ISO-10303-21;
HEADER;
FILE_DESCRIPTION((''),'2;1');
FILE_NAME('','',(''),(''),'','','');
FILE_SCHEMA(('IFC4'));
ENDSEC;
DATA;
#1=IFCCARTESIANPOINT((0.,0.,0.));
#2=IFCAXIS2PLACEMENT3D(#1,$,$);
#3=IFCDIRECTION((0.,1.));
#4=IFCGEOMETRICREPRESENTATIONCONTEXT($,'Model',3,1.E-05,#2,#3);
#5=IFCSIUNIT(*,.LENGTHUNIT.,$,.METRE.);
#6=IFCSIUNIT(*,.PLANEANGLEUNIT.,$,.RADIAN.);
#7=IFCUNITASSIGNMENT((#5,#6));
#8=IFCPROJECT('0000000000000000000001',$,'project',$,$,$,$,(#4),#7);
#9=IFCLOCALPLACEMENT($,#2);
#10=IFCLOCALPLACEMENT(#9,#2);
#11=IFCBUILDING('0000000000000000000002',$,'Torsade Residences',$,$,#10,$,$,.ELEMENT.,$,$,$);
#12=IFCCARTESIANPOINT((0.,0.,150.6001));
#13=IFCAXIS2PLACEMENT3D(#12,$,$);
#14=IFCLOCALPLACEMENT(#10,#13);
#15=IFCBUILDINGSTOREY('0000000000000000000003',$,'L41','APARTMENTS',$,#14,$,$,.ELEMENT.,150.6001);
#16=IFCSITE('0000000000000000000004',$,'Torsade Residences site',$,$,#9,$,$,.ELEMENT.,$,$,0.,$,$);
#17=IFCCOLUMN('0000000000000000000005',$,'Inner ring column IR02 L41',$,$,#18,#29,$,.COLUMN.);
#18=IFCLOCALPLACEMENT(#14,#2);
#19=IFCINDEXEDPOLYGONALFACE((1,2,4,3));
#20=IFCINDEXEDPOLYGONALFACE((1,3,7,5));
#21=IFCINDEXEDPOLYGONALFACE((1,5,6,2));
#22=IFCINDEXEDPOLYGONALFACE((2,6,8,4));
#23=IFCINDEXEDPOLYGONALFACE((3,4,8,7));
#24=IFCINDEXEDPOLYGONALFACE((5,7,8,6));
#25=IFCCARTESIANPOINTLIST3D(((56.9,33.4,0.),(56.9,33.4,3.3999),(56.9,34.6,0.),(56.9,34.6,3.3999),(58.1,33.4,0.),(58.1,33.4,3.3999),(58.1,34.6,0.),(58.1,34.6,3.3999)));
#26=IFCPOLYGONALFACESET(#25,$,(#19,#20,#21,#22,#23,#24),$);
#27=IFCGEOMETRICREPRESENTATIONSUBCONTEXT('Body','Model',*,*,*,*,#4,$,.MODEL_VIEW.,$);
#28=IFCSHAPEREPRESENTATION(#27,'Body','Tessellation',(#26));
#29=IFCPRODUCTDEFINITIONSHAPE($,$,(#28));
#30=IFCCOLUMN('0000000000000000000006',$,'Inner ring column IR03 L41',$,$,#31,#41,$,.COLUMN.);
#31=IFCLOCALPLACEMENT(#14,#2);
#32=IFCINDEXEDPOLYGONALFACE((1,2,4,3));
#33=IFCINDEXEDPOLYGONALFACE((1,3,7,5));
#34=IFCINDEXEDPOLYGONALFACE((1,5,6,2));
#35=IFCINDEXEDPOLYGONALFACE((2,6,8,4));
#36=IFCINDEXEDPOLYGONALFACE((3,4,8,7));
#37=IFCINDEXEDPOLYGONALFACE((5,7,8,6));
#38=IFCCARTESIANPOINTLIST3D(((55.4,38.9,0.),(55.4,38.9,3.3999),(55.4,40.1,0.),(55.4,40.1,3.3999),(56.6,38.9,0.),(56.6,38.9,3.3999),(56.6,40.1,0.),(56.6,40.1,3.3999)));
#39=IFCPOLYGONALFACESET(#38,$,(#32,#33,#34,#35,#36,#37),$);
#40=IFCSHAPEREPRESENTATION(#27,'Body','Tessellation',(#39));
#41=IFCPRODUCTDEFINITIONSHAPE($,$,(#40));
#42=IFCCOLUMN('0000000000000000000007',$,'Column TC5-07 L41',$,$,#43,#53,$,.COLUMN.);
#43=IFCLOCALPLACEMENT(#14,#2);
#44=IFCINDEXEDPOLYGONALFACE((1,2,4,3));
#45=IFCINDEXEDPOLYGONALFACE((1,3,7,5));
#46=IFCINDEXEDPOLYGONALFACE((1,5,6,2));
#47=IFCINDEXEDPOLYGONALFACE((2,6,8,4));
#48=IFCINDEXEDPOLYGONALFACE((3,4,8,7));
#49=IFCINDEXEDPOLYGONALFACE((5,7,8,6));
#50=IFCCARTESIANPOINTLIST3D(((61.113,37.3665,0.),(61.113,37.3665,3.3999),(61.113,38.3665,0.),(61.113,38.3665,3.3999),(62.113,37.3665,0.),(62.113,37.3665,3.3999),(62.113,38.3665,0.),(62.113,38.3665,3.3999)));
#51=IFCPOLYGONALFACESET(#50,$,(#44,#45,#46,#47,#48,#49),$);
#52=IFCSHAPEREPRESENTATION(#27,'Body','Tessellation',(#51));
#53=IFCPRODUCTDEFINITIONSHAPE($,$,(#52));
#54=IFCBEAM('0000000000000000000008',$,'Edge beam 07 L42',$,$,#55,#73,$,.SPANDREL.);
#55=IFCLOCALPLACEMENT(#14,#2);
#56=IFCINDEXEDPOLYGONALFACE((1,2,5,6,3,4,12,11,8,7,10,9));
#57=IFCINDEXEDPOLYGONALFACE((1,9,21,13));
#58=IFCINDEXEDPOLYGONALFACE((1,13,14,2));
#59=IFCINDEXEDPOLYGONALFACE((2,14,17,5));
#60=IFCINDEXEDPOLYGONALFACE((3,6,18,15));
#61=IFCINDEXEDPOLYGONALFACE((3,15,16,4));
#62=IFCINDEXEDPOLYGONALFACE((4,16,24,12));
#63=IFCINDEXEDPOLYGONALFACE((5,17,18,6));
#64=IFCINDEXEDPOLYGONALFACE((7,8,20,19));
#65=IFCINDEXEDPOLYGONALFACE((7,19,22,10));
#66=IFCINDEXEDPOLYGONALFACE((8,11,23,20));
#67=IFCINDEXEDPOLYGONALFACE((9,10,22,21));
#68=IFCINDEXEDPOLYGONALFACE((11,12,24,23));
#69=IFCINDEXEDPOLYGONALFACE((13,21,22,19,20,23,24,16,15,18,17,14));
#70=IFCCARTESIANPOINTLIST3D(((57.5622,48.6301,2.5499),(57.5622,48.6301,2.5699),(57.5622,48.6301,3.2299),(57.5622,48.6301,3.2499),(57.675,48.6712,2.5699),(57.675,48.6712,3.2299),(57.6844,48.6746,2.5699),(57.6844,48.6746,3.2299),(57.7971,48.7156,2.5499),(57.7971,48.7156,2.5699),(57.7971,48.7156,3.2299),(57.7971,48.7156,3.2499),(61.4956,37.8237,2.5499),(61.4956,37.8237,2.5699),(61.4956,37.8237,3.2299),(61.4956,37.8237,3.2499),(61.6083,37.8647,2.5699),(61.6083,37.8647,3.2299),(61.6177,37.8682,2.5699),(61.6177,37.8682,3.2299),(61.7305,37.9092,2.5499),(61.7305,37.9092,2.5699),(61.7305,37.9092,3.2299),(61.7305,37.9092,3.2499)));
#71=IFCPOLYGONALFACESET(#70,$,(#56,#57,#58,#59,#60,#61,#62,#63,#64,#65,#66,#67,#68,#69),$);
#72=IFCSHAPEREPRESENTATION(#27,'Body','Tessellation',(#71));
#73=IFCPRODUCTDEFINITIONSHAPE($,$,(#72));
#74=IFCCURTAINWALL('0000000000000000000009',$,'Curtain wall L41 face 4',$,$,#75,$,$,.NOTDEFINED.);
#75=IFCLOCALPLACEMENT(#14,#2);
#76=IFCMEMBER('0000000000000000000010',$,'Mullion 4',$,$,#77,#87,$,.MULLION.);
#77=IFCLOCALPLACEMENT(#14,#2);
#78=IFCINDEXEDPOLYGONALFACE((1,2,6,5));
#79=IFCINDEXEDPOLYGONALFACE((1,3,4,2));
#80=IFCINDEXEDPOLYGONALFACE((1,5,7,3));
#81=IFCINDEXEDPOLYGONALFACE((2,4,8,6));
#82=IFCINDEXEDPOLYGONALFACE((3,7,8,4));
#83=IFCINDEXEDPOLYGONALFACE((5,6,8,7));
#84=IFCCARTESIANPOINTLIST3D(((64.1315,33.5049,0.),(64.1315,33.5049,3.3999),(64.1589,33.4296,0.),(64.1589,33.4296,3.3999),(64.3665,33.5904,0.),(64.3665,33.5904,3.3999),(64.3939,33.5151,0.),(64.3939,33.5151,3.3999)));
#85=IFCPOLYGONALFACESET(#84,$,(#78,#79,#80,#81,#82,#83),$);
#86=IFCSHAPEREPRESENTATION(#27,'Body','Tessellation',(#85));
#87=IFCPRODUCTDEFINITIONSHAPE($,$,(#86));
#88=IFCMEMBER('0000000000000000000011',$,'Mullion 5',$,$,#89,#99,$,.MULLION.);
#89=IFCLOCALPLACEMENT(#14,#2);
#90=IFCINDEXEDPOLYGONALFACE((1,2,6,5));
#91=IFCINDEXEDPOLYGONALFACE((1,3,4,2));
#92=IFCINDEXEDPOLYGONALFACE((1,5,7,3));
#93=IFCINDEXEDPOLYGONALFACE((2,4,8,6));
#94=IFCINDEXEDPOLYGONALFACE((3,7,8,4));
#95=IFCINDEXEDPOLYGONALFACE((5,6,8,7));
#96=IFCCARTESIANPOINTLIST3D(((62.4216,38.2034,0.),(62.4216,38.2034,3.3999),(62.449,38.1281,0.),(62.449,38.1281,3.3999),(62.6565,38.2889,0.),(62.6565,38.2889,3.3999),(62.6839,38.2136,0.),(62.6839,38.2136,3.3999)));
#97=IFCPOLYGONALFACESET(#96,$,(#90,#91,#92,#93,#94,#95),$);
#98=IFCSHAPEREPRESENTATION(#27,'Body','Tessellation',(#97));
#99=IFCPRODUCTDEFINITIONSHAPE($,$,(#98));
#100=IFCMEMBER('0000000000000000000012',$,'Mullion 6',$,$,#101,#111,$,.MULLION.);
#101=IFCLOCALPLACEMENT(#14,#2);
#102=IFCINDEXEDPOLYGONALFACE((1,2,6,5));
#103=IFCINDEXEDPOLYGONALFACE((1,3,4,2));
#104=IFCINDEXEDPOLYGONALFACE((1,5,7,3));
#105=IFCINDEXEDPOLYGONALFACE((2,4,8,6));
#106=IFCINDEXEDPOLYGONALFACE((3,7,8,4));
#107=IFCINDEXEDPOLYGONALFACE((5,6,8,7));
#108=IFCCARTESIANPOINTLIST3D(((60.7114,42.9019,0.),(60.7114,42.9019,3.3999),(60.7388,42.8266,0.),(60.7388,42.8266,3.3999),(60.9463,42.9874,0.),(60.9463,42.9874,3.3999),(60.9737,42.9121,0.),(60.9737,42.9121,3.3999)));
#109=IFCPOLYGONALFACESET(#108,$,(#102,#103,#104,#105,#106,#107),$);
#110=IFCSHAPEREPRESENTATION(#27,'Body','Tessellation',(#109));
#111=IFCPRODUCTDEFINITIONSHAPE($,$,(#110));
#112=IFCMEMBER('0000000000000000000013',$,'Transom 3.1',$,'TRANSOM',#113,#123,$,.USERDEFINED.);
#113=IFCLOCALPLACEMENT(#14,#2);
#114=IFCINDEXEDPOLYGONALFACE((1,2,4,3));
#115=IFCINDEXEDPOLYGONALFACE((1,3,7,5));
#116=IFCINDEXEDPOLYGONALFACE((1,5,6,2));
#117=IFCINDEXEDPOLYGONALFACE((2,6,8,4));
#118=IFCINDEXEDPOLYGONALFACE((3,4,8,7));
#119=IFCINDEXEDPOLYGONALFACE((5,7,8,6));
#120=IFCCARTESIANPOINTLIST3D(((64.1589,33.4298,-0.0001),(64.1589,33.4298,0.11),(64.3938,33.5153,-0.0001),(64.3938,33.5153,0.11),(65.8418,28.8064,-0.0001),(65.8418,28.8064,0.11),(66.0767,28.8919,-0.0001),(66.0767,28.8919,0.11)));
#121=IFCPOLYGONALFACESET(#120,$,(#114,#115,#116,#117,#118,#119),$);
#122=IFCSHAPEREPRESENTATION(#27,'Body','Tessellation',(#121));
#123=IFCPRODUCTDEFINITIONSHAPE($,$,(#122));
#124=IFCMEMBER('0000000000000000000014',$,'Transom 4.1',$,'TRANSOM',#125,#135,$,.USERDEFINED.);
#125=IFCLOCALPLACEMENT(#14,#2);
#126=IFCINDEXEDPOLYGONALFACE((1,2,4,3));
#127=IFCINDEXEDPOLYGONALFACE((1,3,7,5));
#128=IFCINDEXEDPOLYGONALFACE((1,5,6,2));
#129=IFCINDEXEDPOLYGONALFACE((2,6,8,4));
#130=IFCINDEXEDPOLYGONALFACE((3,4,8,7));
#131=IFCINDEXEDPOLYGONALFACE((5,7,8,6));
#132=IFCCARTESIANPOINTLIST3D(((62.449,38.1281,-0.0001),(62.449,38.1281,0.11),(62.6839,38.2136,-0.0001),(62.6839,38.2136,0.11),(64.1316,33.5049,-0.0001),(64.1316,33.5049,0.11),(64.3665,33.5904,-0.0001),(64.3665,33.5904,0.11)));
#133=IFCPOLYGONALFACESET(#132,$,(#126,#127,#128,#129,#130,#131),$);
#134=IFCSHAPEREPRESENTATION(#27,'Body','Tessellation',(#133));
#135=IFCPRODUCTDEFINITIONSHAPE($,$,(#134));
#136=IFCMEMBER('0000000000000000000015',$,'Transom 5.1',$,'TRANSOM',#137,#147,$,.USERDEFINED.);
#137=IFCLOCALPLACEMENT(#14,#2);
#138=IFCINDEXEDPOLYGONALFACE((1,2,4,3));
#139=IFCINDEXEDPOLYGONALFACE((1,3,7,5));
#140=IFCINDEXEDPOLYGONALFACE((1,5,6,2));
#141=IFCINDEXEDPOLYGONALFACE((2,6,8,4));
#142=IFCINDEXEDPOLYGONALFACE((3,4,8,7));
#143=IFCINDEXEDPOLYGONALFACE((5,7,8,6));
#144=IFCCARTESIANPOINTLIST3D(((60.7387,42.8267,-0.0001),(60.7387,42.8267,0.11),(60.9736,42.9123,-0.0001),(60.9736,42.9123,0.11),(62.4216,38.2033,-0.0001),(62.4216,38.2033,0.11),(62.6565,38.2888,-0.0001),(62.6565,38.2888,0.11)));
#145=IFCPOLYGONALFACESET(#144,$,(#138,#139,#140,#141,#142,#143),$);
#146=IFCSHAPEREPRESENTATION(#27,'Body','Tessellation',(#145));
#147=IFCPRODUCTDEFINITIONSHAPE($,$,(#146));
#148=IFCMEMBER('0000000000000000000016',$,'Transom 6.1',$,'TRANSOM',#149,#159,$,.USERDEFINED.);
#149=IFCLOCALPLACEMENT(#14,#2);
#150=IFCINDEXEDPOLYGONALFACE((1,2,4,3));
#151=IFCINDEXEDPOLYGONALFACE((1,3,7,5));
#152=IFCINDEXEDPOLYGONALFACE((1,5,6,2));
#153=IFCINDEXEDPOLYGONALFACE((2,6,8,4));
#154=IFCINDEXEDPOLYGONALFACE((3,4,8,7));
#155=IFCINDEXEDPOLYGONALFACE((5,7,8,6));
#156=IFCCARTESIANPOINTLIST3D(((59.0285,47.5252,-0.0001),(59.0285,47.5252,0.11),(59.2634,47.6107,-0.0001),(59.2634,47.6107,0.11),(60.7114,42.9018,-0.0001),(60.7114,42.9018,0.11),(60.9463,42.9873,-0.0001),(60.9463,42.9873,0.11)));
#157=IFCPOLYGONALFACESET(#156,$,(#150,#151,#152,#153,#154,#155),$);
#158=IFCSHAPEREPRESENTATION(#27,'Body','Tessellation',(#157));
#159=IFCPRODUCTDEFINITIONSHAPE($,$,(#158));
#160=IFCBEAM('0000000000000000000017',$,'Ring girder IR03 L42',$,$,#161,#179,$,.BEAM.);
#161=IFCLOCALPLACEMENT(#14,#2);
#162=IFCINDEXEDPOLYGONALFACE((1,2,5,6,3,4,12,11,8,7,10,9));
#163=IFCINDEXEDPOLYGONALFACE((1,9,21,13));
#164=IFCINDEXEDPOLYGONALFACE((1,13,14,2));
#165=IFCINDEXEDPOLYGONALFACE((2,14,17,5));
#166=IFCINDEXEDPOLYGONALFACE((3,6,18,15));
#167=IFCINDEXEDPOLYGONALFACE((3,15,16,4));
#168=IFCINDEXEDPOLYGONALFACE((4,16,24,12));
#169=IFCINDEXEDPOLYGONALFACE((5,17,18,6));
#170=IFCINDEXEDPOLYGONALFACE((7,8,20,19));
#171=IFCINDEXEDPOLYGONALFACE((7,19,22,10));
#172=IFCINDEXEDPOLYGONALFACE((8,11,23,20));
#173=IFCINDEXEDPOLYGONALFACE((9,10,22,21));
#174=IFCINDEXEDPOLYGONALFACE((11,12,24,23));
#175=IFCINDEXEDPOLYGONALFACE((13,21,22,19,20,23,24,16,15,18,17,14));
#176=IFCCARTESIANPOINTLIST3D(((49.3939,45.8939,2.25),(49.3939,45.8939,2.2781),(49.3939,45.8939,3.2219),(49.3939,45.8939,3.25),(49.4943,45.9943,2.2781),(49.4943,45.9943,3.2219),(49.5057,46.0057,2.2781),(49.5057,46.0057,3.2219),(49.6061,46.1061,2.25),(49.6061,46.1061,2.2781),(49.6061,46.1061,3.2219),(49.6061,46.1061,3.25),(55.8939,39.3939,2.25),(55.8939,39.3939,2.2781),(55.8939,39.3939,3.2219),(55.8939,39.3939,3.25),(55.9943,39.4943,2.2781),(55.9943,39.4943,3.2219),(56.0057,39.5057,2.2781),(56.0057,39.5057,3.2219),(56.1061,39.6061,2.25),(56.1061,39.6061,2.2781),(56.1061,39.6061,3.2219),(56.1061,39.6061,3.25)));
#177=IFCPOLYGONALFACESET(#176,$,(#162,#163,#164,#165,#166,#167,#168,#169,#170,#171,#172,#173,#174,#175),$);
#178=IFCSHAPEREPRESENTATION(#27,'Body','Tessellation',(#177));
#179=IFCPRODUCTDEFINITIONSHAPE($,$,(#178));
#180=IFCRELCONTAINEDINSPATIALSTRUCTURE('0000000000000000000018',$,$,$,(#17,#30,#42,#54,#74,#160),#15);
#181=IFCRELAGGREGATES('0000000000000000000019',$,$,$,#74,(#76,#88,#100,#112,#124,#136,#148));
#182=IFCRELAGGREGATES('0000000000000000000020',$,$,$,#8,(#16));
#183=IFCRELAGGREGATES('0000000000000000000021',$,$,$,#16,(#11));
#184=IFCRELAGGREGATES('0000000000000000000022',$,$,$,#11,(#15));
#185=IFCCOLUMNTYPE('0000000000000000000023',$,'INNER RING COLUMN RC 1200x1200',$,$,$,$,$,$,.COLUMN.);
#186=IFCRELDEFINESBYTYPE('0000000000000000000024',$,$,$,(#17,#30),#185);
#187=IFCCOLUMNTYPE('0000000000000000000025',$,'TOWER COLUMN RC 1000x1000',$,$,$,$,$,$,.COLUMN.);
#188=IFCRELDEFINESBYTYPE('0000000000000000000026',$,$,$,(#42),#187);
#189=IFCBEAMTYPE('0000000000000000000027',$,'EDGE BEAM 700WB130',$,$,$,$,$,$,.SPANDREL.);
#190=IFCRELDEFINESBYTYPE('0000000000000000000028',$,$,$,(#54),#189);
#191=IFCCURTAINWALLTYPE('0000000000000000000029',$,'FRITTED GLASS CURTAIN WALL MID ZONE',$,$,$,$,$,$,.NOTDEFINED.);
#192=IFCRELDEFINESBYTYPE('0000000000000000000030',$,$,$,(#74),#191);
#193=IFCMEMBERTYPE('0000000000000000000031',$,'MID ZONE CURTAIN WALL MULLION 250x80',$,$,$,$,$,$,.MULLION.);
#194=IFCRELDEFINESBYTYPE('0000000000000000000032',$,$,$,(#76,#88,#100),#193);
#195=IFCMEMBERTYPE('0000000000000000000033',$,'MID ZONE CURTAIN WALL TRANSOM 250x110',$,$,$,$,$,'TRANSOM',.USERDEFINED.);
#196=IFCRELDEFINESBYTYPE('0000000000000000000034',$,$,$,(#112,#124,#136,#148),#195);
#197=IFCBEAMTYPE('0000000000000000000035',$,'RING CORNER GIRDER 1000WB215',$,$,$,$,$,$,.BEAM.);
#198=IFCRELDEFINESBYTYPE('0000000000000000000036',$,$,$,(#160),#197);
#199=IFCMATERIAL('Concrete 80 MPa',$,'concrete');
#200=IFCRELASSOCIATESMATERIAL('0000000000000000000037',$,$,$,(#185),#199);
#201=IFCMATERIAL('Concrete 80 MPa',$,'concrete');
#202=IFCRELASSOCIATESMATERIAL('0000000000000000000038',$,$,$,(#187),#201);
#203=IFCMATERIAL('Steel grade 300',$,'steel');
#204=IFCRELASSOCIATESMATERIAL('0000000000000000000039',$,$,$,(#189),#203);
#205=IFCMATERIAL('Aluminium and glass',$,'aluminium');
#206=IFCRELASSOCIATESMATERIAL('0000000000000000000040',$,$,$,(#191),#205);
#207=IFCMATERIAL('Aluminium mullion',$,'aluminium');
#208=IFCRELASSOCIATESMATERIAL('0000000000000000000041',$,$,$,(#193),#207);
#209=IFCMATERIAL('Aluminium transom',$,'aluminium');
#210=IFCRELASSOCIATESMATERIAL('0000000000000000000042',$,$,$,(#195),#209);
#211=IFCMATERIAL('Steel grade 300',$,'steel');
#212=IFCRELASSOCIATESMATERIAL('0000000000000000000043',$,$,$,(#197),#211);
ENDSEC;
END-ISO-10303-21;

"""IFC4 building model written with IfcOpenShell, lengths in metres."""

from ifc_helpers import new_model, si_unit, direction, frame, origin, origin_2d, place, context, subcontext, project, spatial, rectangle, i_section, extrude, material, material_profile, profile_set, type_object, element, aggregate, save


model = new_model("IFC4")

# Units and contexts
model_context = context("Model", 3, precision=1e-05, world=origin(), true_north=direction((0.0, 1.0)))
body_context = subcontext(model_context, "Body", "Model", "MODEL_VIEW")
ifc_project = project(units=[si_unit("LENGTHUNIT", "METRE"), si_unit("PLANEANGLEUNIT", "RADIAN")], contexts=[model_context])

# Site, building, storey
site_placement = place(None, origin())
site = spatial("IfcSite", under=ifc_project, at=site_placement, Name="Torsade Residences site", CompositionType="ELEMENT", RefElevation=0.0)
building_placement = place(site_placement, origin())
building = spatial("IfcBuilding", under=site, at=building_placement, Name="Torsade Residences", CompositionType="ELEMENT")
storey_placement = place(building_placement, frame((0.0, 0.0, 150.6001)))
storey = spatial("IfcBuildingStorey", under=building, at=storey_placement, Name="L41", Description="APARTMENTS", CompositionType="ELEMENT", Elevation=150.6001)

# Columns
ifc_material_1 = material(Name="Concrete 80 MPa", Category="concrete")
ifc_material_profile_1 = material_profile(ifc_material_1, rectangle(XDim=1.2, YDim=1.2, at=origin_2d()), Name="RC 1200x1200")
ifc_profile_set_1 = profile_set([ifc_material_profile_1], Name="Concrete 80 MPa")
column_type_1 = type_object("IfcColumnType", Name="INNER RING COLUMN RC 1200x1200", PredefinedType="COLUMN", material=ifc_profile_set_1)
for number, where, z_axis, x_axis, name in (
    (1, (57.5, 34.0, 0.0), (0.0, 0.0, 1.0), (1.0, 0.0, 0.0), "Inner ring column IR02 L41"),
    (2, (56.0, 39.5, 0.0), (0.0, 0.0, 1.0), (1.0, 0.0, 0.0), "Inner ring column IR03 L41"),
):
    element("IfcColumn", number, at=place(storey_placement, frame(where, z_axis=z_axis, x_axis=x_axis)), inside=storey, type_object=column_type_1, Name=name, PredefinedType="COLUMN", context=body_context, shape_type="SweptSolid", body=[
        extrude(rectangle(XDim=1.2, YDim=1.2, at=origin_2d()), origin(), (0.0, 0.0, 1.0), 3.3999),
    ])
ifc_material_2 = material(Name="Concrete 80 MPa", Category="concrete")
ifc_material_profile_2 = material_profile(ifc_material_2, rectangle(XDim=1.0, YDim=1.0, at=origin_2d()), Name="RC 1000x1000")
ifc_profile_set_2 = profile_set([ifc_material_profile_2], Name="Concrete 80 MPa")
column_type_2 = type_object("IfcColumnType", Name="TOWER COLUMN RC 1000x1000", PredefinedType="COLUMN", material=ifc_profile_set_2)
column_placement = place(storey_placement, frame((61.613, 37.8665, 0.0), z_axis=(0.0, 0.0, 1.0), x_axis=(1.0, 0.0, 0.0)))
element("IfcColumn", 3, at=column_placement, inside=storey, type_object=column_type_2, Name="Column TC5-07 L41", PredefinedType="COLUMN", context=body_context, shape_type="SweptSolid", body=[
    extrude(rectangle(XDim=1.0, YDim=1.0, at=origin_2d()), origin(), (0.0, 0.0, 1.0), 3.3999),
])

# Beam
ifc_material_3 = material(Name="Steel grade 300", Category="steel")
ifc_material_profile_3 = material_profile(ifc_material_3, i_section(OverallWidth=0.25, OverallDepth=0.7, WebThickness=0.01, FlangeThickness=0.02, at=origin_2d()), Name="700WB130")
ifc_profile_set_3 = profile_set([ifc_material_profile_3], Name="Steel grade 300")
beam_type_1 = type_object("IfcBeamType", Name="EDGE BEAM 700WB130", PredefinedType="SPANDREL", material=ifc_profile_set_3)
beam_1_placement = place(storey_placement, frame((61.613, 37.8665, 2.8999), z_axis=(-0.342031, 0.939689, 0.0), x_axis=(-0.939689, -0.342031, 0.0)))
element("IfcBeam", 4, at=beam_1_placement, inside=storey, type_object=beam_type_1, Name="Edge beam 07 L42", PredefinedType="SPANDREL", context=body_context, shape_type="SweptSolid", body=[
    extrude(i_section(OverallWidth=0.25, OverallDepth=0.7, WebThickness=0.01, FlangeThickness=0.02, at=origin_2d()), origin(), (0.0, 0.0, 1.0), 11.5),
])

# Curtain wall, members
ifc_material_4 = material(Name="Aluminium and glass", Category="aluminium")
curtain_wall_type = type_object("IfcCurtainWallType", Name="FRITTED GLASS CURTAIN WALL MID ZONE", PredefinedType="NOTDEFINED", material=ifc_material_4)
curtain_wall_placement = place(storey_placement, origin())
curtain_wall = element("IfcCurtainWall", 5, at=curtain_wall_placement, inside=storey, type_object=curtain_wall_type, Name="Curtain wall L41 face 4", PredefinedType="NOTDEFINED")
ifc_material_5 = material(Name="Aluminium mullion", Category="aluminium")
ifc_material_profile_4 = material_profile(ifc_material_5, rectangle(XDim=0.25, YDim=0.0801, at=origin_2d()), Name="MID ZONE CURTAIN WALL MULLION 250x80")
ifc_profile_set_4 = profile_set([ifc_material_profile_4], Name="Aluminium mullion")
member_type_1 = type_object("IfcMemberType", Name="MID ZONE CURTAIN WALL MULLION 250x80", PredefinedType="MULLION", material=ifc_profile_set_4)
member_1_placement = place(storey_placement, frame((64.2627, 33.51, 0.0), z_axis=(0.0, 0.0, 1.0), x_axis=(-0.939693, -0.34202, 0.0)))
member_1 = element("IfcMember", 6, at=member_1_placement, type_object=member_type_1, Name="Mullion 4", PredefinedType="MULLION", context=body_context, shape_type="SweptSolid", body=[
    extrude(rectangle(XDim=0.25, YDim=0.0801, at=origin_2d()), origin(), (0.0, 0.0, 1.0), 3.3999),
])
member_2_placement = place(storey_placement, frame((62.5527, 38.2085, 0.0), z_axis=(0.0, 0.0, 1.0), x_axis=(-0.939693, -0.34202, 0.0)))
member_2 = element("IfcMember", 7, at=member_2_placement, type_object=member_type_1, Name="Mullion 5", PredefinedType="MULLION", context=body_context, shape_type="SweptSolid", body=[
    extrude(rectangle(XDim=0.25, YDim=0.0801, at=origin_2d()), origin(), (0.0, 0.0, 1.0), 3.3999),
])
member_3_placement = place(storey_placement, frame((60.8425, 42.907, 0.0), z_axis=(0.0, 0.0, 1.0), x_axis=(-0.939693, -0.34202, 0.0)))
member_3 = element("IfcMember", 8, at=member_3_placement, type_object=member_type_1, Name="Mullion 6", PredefinedType="MULLION", context=body_context, shape_type="SweptSolid", body=[
    extrude(rectangle(XDim=0.25, YDim=0.0801, at=origin_2d()), origin(), (0.0, 0.0, 1.0), 3.3999),
])
ifc_material_6 = material(Name="Aluminium transom", Category="aluminium")
ifc_material_profile_5 = material_profile(ifc_material_6, rectangle(XDim=0.25, YDim=0.1101, at=origin_2d()), Name="MID ZONE CURTAIN WALL TRANSOM 250x110")
ifc_profile_set_5 = profile_set([ifc_material_profile_5], Name="Aluminium transom")
member_type_2 = type_object("IfcMemberType", Name="MID ZONE CURTAIN WALL TRANSOM 250x110", ElementType="TRANSOM", PredefinedType="USERDEFINED", material=ifc_profile_set_5)
member_4_placement = place(storey_placement, frame((65.9592, 28.8491, 0.0549), z_axis=(-0.342042, 0.939685, 0.0), x_axis=(-0.939685, -0.342042, 0.0)))
member_4 = element("IfcMember", 9, at=member_4_placement, type_object=member_type_2, Name="Transom 3.1", ObjectType="TRANSOM", PredefinedType="USERDEFINED", context=body_context, shape_type="SweptSolid", body=[
    extrude(rectangle(XDim=0.25, YDim=0.1101, at=origin_2d()), origin(), (0.0, 0.0, 1.0), 4.9202),
])
member_5_placement = place(storey_placement, frame((64.249, 33.5476, 0.0549), z_axis=(-0.341998, 0.939701, 0.0), x_axis=(-0.939701, -0.341998, 0.0)))
member_5 = element("IfcMember", 10, at=member_5_placement, type_object=member_type_2, Name="Transom 4.1", ObjectType="TRANSOM", PredefinedType="USERDEFINED", context=body_context, shape_type="SweptSolid", body=[
    extrude(rectangle(XDim=0.25, YDim=0.1101, at=origin_2d()), origin(), (0.0, 0.0, 1.0), 4.9199),
])
member_6_placement = place(storey_placement, frame((62.5391, 38.2461, 0.0549), z_axis=(-0.342042, 0.939685, 0.0), x_axis=(-0.939685, -0.342042, 0.0)))
member_6 = element("IfcMember", 11, at=member_6_placement, type_object=member_type_2, Name="Transom 5.1", ObjectType="TRANSOM", PredefinedType="USERDEFINED", context=body_context, shape_type="SweptSolid", body=[
    extrude(rectangle(XDim=0.25, YDim=0.1101, at=origin_2d()), origin(), (0.0, 0.0, 1.0), 4.9202),
])
member_7_placement = place(storey_placement, frame((60.8289, 42.9446, 0.0549), z_axis=(-0.342042, 0.939685, 0.0), x_axis=(-0.939685, -0.342042, 0.0)))
member_7 = element("IfcMember", 12, at=member_7_placement, type_object=member_type_2, Name="Transom 6.1", ObjectType="TRANSOM", PredefinedType="USERDEFINED", context=body_context, shape_type="SweptSolid", body=[
    extrude(rectangle(XDim=0.25, YDim=0.1101, at=origin_2d()), origin(), (0.0, 0.0, 1.0), 4.9202),
])

# Beam
ifc_material_7 = material(Name="Steel grade 300", Category="steel")
ifc_material_profile_6 = material_profile(ifc_material_7, i_section(OverallWidth=0.3, OverallDepth=1.0, WebThickness=0.0161, FlangeThickness=0.0281, at=origin_2d()), Name="1000WB215")
ifc_profile_set_6 = profile_set([ifc_material_profile_6], Name="Steel grade 300")
beam_type_2 = type_object("IfcBeamType", Name="RING CORNER GIRDER 1000WB215", PredefinedType="BEAM", material=ifc_profile_set_6)
beam_2_placement = place(storey_placement, frame((56.0, 39.5, 2.75), z_axis=(-0.707107, 0.707107, 0.0), x_axis=(-0.707107, -0.707107, 0.0)))
element("IfcBeam", 13, at=beam_2_placement, inside=storey, type_object=beam_type_2, Name="Ring girder IR03 L42", PredefinedType="BEAM", context=body_context, shape_type="SweptSolid", body=[
    extrude(i_section(OverallWidth=0.3, OverallDepth=1.0, WebThickness=0.0161, FlangeThickness=0.0281, at=origin_2d()), origin(), (0.0, 0.0, 1.0), 9.1924),
])

aggregate(curtain_wall, [member_1, member_2, member_3, member_4, member_5, member_6, member_7])

save(model, "model.ifc")
